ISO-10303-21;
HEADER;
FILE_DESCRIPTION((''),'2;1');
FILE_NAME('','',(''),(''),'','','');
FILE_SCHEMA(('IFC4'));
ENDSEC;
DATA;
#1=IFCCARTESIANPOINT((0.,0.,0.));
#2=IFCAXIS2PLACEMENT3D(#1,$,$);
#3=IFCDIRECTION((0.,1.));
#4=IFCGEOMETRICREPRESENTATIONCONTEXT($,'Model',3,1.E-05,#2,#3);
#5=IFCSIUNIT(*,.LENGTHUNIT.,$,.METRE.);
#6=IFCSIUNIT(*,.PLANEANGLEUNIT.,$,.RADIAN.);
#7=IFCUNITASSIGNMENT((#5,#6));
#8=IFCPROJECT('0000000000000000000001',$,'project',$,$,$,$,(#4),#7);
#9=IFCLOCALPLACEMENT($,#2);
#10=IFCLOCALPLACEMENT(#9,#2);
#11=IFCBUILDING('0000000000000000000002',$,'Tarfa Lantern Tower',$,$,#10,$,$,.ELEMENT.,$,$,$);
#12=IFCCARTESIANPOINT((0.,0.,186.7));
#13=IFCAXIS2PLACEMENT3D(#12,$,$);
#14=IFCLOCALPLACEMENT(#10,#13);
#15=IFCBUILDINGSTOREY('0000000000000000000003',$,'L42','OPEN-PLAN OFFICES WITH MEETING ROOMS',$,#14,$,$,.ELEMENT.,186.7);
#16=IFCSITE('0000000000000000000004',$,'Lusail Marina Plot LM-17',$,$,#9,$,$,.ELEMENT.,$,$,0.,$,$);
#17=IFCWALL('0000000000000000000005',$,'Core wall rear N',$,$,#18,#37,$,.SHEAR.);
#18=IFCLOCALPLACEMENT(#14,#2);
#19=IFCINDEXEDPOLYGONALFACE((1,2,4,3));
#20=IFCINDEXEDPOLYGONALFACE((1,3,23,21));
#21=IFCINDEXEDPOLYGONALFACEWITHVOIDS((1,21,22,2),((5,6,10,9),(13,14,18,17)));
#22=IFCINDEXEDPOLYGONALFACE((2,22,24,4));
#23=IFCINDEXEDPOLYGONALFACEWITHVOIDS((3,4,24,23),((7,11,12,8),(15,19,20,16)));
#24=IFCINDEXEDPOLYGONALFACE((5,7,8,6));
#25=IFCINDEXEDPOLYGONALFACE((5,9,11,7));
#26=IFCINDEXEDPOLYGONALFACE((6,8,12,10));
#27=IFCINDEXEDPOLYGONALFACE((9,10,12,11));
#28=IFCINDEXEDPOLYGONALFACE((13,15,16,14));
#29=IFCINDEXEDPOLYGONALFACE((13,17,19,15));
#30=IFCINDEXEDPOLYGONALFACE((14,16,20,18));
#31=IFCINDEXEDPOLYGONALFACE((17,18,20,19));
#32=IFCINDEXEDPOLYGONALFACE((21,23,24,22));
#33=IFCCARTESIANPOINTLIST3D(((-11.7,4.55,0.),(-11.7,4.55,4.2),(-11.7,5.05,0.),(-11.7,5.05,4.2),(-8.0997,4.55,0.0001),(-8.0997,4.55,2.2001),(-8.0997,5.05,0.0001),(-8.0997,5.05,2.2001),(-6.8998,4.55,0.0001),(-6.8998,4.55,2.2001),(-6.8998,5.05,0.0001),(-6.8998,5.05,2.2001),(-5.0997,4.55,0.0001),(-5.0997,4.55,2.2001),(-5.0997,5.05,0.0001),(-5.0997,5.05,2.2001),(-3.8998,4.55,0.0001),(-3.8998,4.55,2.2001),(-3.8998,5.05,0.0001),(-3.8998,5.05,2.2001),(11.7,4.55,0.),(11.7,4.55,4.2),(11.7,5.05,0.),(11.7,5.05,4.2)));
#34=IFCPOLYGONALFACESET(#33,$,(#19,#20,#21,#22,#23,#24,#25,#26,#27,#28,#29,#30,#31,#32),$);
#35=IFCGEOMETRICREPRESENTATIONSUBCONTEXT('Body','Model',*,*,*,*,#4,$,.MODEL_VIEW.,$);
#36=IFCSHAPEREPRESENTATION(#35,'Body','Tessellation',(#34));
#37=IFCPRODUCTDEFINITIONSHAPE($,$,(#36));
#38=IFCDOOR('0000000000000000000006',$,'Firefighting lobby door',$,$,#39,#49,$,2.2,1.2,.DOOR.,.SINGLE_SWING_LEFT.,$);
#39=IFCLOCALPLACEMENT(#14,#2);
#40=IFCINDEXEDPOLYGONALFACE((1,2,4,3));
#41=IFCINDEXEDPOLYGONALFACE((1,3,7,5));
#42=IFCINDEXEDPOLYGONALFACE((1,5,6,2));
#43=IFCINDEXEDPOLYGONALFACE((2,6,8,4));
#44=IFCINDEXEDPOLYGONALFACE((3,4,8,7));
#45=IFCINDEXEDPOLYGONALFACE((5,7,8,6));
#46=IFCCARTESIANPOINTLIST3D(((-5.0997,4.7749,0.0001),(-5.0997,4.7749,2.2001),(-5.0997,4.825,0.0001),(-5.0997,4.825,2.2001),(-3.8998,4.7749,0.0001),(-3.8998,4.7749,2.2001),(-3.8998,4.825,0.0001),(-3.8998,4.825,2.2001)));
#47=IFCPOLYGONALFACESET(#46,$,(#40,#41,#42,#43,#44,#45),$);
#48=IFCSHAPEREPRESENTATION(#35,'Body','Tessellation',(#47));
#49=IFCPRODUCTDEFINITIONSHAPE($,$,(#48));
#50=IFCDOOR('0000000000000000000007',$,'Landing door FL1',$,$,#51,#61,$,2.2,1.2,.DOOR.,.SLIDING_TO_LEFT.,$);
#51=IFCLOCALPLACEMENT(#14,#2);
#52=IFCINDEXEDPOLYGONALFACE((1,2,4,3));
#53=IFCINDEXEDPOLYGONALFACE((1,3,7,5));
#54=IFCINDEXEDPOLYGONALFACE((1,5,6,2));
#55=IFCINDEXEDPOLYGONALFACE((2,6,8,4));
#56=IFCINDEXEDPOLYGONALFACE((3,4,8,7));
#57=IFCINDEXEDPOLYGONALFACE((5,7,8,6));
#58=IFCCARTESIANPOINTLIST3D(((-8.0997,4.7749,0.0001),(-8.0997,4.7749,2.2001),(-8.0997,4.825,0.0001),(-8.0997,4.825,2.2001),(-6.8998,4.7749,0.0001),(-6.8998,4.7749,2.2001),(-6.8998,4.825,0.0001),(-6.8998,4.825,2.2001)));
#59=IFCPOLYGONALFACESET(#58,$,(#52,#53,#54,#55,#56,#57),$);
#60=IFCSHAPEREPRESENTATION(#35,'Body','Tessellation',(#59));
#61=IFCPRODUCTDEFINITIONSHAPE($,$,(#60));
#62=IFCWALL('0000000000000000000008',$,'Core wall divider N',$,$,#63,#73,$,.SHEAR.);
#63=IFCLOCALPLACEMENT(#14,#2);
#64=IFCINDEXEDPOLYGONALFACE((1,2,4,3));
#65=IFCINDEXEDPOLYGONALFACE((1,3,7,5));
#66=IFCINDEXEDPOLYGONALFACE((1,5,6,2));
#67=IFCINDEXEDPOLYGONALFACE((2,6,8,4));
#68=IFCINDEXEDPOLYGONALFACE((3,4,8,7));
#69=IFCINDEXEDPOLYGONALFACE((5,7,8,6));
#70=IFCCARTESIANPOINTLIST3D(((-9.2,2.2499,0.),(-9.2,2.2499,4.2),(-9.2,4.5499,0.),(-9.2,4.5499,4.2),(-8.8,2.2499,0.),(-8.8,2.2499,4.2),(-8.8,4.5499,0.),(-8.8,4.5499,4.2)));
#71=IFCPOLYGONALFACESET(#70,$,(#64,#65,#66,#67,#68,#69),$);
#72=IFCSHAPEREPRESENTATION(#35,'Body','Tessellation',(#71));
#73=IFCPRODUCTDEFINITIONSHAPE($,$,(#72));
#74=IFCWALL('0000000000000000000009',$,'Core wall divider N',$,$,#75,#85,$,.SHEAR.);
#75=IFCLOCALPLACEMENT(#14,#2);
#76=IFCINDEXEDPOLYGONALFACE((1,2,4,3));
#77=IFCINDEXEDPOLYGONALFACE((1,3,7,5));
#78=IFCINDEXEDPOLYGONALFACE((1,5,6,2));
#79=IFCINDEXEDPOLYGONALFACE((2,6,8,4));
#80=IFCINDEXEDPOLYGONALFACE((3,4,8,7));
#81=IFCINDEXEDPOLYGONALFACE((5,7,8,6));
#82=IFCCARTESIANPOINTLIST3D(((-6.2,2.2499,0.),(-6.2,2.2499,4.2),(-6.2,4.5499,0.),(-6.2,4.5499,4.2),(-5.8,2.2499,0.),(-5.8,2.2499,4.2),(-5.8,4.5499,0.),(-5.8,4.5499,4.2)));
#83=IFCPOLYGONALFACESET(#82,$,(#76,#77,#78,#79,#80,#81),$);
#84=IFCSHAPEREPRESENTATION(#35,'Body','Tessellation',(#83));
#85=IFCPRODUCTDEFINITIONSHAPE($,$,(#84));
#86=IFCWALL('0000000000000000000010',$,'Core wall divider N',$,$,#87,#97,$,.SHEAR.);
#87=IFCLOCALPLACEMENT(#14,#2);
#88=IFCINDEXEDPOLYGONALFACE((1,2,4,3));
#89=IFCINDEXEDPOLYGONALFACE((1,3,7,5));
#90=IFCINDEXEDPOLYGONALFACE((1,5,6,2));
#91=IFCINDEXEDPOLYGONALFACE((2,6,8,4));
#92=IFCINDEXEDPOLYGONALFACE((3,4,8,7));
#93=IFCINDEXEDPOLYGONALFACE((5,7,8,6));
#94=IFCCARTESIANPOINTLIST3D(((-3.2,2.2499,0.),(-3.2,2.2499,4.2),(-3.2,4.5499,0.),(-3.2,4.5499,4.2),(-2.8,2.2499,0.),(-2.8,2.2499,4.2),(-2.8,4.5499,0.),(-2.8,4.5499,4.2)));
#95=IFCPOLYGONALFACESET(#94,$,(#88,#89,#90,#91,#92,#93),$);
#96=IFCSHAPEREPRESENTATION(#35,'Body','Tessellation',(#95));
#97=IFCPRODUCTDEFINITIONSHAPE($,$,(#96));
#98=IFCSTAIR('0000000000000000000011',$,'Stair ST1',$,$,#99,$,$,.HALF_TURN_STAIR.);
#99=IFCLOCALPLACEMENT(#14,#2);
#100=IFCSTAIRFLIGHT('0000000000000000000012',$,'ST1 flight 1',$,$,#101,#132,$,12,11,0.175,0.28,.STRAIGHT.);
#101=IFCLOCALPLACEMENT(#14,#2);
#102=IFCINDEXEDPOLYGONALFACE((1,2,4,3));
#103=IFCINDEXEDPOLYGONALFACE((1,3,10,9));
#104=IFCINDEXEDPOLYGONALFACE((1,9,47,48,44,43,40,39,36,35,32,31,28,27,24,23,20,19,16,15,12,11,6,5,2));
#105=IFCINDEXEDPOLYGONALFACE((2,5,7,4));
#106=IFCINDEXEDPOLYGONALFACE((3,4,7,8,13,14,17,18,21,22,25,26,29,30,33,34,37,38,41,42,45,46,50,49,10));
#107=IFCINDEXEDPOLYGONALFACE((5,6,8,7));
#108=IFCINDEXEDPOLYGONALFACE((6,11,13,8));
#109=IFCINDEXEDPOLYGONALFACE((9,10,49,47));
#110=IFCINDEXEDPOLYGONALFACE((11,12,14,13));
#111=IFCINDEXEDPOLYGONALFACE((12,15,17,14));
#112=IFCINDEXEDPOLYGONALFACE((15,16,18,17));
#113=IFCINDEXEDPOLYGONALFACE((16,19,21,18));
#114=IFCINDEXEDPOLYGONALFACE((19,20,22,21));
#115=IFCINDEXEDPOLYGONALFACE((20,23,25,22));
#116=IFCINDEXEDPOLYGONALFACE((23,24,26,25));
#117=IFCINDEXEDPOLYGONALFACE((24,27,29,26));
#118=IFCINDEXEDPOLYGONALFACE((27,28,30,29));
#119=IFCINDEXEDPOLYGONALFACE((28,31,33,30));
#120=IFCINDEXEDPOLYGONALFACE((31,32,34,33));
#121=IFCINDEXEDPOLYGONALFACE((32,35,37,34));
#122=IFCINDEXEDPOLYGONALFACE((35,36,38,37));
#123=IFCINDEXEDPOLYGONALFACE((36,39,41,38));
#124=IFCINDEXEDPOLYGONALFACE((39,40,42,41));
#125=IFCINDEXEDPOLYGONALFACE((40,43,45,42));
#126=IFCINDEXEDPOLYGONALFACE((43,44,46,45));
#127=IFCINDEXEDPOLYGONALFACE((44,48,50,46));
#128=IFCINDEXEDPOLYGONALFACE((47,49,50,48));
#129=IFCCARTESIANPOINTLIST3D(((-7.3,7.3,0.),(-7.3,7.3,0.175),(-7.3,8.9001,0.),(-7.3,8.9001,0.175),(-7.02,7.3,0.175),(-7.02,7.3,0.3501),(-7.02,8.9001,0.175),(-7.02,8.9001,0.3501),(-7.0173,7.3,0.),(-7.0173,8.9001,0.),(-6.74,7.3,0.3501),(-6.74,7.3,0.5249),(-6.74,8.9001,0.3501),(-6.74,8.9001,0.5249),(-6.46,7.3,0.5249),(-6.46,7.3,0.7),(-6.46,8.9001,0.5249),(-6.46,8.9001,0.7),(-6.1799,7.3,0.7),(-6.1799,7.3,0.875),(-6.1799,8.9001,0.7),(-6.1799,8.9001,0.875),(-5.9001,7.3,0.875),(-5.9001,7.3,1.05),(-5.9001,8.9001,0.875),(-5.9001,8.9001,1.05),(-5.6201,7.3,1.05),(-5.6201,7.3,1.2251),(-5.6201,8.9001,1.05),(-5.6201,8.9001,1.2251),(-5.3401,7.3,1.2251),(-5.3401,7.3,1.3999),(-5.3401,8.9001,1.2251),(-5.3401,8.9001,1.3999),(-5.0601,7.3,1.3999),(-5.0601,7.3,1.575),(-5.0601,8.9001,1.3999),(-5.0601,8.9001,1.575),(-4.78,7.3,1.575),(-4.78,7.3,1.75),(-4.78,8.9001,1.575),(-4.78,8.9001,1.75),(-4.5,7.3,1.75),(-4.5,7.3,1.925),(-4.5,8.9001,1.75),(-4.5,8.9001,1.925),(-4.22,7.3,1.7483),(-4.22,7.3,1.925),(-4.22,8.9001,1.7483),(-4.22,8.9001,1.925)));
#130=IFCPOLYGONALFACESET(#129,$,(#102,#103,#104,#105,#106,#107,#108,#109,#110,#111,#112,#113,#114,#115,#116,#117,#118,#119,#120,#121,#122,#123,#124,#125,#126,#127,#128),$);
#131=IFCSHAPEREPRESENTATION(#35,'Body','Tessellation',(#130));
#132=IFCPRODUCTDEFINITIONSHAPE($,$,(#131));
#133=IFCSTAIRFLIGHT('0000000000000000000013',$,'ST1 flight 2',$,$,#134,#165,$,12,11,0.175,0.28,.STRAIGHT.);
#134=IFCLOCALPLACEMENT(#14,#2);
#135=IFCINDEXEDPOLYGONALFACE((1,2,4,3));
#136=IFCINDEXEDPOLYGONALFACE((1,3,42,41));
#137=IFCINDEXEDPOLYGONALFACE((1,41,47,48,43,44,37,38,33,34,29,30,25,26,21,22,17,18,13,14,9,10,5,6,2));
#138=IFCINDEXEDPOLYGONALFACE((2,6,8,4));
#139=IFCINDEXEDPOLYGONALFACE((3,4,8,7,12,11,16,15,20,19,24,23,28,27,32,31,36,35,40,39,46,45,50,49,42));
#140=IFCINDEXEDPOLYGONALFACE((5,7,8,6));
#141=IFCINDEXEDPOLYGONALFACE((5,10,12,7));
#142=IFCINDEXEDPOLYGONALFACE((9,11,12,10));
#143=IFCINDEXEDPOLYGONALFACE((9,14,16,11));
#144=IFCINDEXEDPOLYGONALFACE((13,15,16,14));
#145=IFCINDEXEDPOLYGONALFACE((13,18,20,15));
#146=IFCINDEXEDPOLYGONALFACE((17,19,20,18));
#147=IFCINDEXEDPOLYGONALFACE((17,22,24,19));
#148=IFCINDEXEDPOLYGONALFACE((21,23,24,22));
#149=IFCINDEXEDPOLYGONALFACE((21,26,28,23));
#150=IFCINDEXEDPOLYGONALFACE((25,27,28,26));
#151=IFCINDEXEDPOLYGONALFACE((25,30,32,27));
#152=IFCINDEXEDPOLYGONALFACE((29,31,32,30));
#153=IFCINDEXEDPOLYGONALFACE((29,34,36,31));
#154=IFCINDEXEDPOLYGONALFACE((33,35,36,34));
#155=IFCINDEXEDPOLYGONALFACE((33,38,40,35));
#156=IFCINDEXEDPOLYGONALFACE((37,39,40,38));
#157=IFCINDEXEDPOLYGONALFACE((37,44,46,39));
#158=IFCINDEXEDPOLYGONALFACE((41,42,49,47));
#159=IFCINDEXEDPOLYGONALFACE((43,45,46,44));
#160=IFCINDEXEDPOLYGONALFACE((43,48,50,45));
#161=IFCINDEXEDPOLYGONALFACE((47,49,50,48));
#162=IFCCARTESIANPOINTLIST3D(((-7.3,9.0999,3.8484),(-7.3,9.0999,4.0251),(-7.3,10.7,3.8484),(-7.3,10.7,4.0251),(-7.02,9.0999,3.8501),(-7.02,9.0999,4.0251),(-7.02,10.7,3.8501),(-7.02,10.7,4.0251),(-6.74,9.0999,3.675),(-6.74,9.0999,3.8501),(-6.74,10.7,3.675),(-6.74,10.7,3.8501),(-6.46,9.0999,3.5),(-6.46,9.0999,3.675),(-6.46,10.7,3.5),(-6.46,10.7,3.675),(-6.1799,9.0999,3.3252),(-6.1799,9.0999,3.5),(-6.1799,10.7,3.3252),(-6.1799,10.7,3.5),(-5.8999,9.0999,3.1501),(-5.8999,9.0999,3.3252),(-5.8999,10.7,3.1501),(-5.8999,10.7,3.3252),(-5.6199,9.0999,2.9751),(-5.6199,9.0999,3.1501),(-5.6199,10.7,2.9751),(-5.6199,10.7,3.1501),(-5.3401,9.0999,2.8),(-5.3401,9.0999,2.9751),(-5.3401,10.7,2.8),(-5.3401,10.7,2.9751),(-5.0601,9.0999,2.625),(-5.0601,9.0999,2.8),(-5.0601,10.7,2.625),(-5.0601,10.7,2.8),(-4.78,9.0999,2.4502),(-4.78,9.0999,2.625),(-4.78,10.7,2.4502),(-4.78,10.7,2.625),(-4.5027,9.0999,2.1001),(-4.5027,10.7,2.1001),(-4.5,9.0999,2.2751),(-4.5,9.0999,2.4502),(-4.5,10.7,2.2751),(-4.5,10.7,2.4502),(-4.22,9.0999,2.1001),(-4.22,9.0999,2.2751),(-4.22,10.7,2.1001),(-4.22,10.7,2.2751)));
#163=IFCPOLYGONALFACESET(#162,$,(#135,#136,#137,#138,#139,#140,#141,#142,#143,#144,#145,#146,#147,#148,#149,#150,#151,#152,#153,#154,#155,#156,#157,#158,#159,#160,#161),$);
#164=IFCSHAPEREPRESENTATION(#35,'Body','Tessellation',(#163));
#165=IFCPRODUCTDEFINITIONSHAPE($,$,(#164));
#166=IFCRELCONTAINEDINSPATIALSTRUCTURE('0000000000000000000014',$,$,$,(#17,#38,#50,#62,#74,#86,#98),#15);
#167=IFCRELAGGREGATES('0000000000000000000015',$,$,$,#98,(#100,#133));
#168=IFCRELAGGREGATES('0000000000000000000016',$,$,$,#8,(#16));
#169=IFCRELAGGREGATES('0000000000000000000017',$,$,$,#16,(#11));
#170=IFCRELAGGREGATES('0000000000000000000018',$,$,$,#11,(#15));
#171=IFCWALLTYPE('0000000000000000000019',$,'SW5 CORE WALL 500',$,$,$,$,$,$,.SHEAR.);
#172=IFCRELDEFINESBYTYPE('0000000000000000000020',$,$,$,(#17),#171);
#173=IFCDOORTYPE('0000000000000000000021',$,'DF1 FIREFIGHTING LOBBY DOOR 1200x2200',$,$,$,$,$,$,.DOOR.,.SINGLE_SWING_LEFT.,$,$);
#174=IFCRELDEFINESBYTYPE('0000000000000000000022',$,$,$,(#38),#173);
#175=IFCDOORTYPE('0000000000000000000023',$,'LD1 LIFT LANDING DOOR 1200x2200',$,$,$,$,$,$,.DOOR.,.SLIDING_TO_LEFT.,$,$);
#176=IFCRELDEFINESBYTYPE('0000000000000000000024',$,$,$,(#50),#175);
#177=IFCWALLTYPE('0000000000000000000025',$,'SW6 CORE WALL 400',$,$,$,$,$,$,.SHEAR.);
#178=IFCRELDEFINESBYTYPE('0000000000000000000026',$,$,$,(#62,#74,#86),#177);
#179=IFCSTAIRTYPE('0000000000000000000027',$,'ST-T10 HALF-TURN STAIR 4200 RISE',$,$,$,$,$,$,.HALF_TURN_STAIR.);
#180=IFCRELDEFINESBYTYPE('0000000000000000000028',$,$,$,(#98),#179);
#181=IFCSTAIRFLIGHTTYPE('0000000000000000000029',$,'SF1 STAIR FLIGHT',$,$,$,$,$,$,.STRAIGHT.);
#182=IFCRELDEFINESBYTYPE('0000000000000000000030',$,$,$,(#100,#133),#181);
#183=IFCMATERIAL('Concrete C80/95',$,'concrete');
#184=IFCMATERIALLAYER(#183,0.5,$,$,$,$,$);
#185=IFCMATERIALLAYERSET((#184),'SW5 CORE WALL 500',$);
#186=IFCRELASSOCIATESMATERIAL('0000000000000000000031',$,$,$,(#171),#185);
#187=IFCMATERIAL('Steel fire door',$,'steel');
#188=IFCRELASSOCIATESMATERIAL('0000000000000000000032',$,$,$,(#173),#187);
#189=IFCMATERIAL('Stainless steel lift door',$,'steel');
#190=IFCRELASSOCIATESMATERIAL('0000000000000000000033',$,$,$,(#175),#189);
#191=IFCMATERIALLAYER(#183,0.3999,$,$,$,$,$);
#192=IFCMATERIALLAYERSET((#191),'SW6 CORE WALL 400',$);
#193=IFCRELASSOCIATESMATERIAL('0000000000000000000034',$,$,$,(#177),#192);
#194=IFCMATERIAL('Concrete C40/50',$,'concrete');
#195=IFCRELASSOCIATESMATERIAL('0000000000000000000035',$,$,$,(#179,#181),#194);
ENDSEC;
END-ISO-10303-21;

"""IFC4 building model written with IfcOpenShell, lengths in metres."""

from ifc_helpers import new_model, si_unit, direction, frame, frame_2d, origin, place, context, subcontext, project, spatial, polyline, rectangle, outline, extrude, material, layer, layer_set, type_object, element, fill, aggregate, save


model = new_model("IFC4")

# Units and contexts
model_context = context("Model", 3, precision=1e-05, world=origin(), true_north=direction((0.0, 1.0)))
body_context = subcontext(model_context, "Body", "Model", "MODEL_VIEW")
ifc_project = project(units=[si_unit("LENGTHUNIT", "METRE"), si_unit("PLANEANGLEUNIT", "RADIAN")], contexts=[model_context])

# Site, building, storey
site_placement = place(None, origin())
site = spatial("IfcSite", under=ifc_project, at=site_placement, Name="Lusail Marina Plot LM-17", CompositionType="ELEMENT", RefElevation=0.0)
building_placement = place(site_placement, origin())
building = spatial("IfcBuilding", under=site, at=building_placement, Name="Tarfa Lantern Tower", CompositionType="ELEMENT")
storey_placement = place(building_placement, frame((0.0, 0.0, 186.7)))
storey = spatial("IfcBuildingStorey", under=building, at=storey_placement, Name="L42", Description="OPEN-PLAN OFFICES WITH MEETING ROOMS", CompositionType="ELEMENT", Elevation=186.7)

# Shared definitions
ifc_material_1 = material(Name="Concrete C80/95", Category="concrete")

# Shared definitions
ifc_material_2 = material(Name="Steel fire door", Category="steel")

# Wall, openings, doors
ifc_layer_1 = layer(ifc_material_1, 0.5)
ifc_layer_set_1 = layer_set([ifc_layer_1], Name="SW5 CORE WALL 500")
wall_type_1 = type_object("IfcWallType", Name="SW5 CORE WALL 500", PredefinedType="SHEAR", material=ifc_layer_set_1)
ifc_material_3 = material(Name="Stainless steel lift door", Category="steel")
wall_1_placement = place(storey_placement, frame((-11.7, 4.8, 0.0), z_axis=(0.0, 0.0, 1.0), x_axis=(1.0, 0.0, 0.0)))
wall_1 = element("IfcWall", 1, at=wall_1_placement, inside=storey, type_object=wall_type_1, Name="Core wall rear N", PredefinedType="SHEAR", context=body_context, shape_type="SweptSolid", body=[
    extrude(rectangle(XDim=23.3999, YDim=0.5, at=frame_2d((11.7, 0.0))), origin(), (0.0, 0.0, 1.0), 4.2),
])
opening_1_placement = place(wall_1_placement, frame((6.6001, 0.0, 0.0)))
opening_1 = element("IfcOpeningElement", 2, at=opening_1_placement, cuts=wall_1, PredefinedType="OPENING", context=body_context, shape_type="SweptSolid", body=[
    extrude(rectangle(XDim=1.2, YDim=2.2, at=frame_2d((0.6001, 1.1001))), frame((0.0, 0.26, 0.0), z_axis=(0.0, -1.0, 0.0), x_axis=(1.0, 0.0, 0.0)), (0.0, 0.0, 1.0), 0.52),
])
opening_2_placement = place(wall_1_placement, frame((3.6001, 0.0, 0.0)))
opening_2 = element("IfcOpeningElement", 3, at=opening_2_placement, cuts=wall_1, PredefinedType="OPENING", context=body_context, shape_type="SweptSolid", body=[
    extrude(rectangle(XDim=1.2, YDim=2.2, at=frame_2d((0.6001, 1.1001))), frame((0.0, 0.26, 0.0), z_axis=(0.0, -1.0, 0.0), x_axis=(1.0, 0.0, 0.0)), (0.0, 0.0, 1.0), 0.52),
])
door_type_1 = type_object("IfcDoorType", Name="DF1 FIREFIGHTING LOBBY DOOR 1200x2200", OperationType="SINGLE_SWING_LEFT", PredefinedType="DOOR", material=ifc_material_2)
door_1_placement = place(opening_1_placement, origin())
door_1 = element("IfcDoor", 4, at=door_1_placement, inside=storey, type_object=door_type_1, Name="Firefighting lobby door", OperationType="SINGLE_SWING_LEFT", OverallHeight=2.2, OverallWidth=1.2, PredefinedType="DOOR", context=body_context, shape_type="SweptSolid", body=[
    extrude(rectangle(XDim=1.2, YDim=2.2, at=frame_2d((0.6001, 1.1001))), frame((0.0, 0.0249, 0.0), z_axis=(0.0, -1.0, 0.0), x_axis=(1.0, 0.0, 0.0)), (0.0, 0.0, 1.0), 0.05),
])
fill(opening_1, door_1)
door_type_2 = type_object("IfcDoorType", Name="LD1 LIFT LANDING DOOR 1200x2200", OperationType="SLIDING_TO_LEFT", PredefinedType="DOOR", material=ifc_material_3)
door_2_placement = place(opening_2_placement, origin())
door_2 = element("IfcDoor", 5, at=door_2_placement, inside=storey, type_object=door_type_2, Name="Landing door FL1", OperationType="SLIDING_TO_LEFT", OverallHeight=2.2, OverallWidth=1.2, PredefinedType="DOOR", context=body_context, shape_type="SweptSolid", body=[
    extrude(rectangle(XDim=1.2, YDim=2.2, at=frame_2d((0.6001, 1.1001))), frame((0.0, 0.0249, 0.0), z_axis=(0.0, -1.0, 0.0), x_axis=(1.0, 0.0, 0.0)), (0.0, 0.0, 1.0), 0.05),
])
fill(opening_2, door_2)

# Walls
ifc_layer_2 = layer(ifc_material_1, 0.3999)
ifc_layer_set_2 = layer_set([ifc_layer_2], Name="SW6 CORE WALL 400")
wall_type_2 = type_object("IfcWallType", Name="SW6 CORE WALL 400", PredefinedType="SHEAR", material=ifc_layer_set_2)
for number, where, z_axis, x_axis, name in (
    (6, (-9.0, 2.25, 0.0), (0.0, 0.0, 1.0), (0.0, 1.0, 0.0), "Core wall divider N"),
    (7, (-6.0, 2.25, 0.0), (0.0, 0.0, 1.0), (0.0, 1.0, 0.0), "Core wall divider N"),
    (8, (-3.0, 2.25, 0.0), (0.0, 0.0, 1.0), (0.0, 1.0, 0.0), "Core wall divider N"),
):
    element("IfcWall", number, at=place(storey_placement, frame(where, z_axis=z_axis, x_axis=x_axis)), inside=storey, type_object=wall_type_2, Name=name, PredefinedType="SHEAR", context=body_context, shape_type="SweptSolid", body=[
        extrude(rectangle(XDim=2.3, YDim=0.3999, at=frame_2d((1.1499, 0.0))), origin(), (0.0, 0.0, 1.0), 4.2),
    ])

# Stair, stair flights
ifc_material_4 = material(Name="Concrete C40/50", Category="concrete")
stair_type = type_object("IfcStairType", Name="ST-T10 HALF-TURN STAIR 4200 RISE", PredefinedType="HALF_TURN_STAIR", material=ifc_material_4)
stair_placement = place(storey_placement, origin())
stair = element("IfcStair", 9, at=stair_placement, inside=storey, type_object=stair_type, Name="Stair ST1", PredefinedType="HALF_TURN_STAIR")
stair_flight_type = type_object("IfcStairFlightType", Name="SF1 STAIR FLIGHT", PredefinedType="STRAIGHT", material=ifc_material_4)
stair_flight_1_placement = place(storey_placement, frame((-7.3, 8.1001, 0.0), z_axis=(0.0, 0.0, 1.0), x_axis=(1.0, 0.0, 0.0)))
stair_flight_1 = element("IfcStairFlight", 10, at=stair_flight_1_placement, type_object=stair_flight_type, Name="ST1 flight 1", NumberOfRisers=12, NumberOfTreads=11, PredefinedType="STRAIGHT", RiserHeight=0.175, TreadLength=0.28, context=body_context, shape_type="SweptSolid", body=[
    extrude(outline(polyline([(0.0, 0.0), (0.0, 0.175), (0.28, 0.175), (0.28, 0.3501), (0.5601, 0.3501), (0.5601, 0.5249), (0.8401, 0.5249), (0.8401, 0.7), (1.1201, 0.7), (1.1201, 0.875), (1.3999, 0.875), (1.3999, 1.05), (1.6799, 1.05), (1.6799, 1.2251), (1.96, 1.2251), (1.96, 1.3999), (2.24, 1.3999), (2.24, 1.575), (2.52, 1.575), (2.52, 1.75), (2.8, 1.75), (2.8, 1.925), (3.0801, 1.925), (3.0801, 2.1001), (3.0801, 1.7483), (0.2827, 0.0), (0.0, 0.0)])), frame((0.0, 0.8, 0.0), z_axis=(0.0, -1.0, 0.0), x_axis=(1.0, 0.0, 0.0)), (0.0, 0.0, 1.0), 1.6001),
])
stair_flight_2_placement = place(storey_placement, frame((-4.22, 9.8999, 2.1001), z_axis=(0.0, 0.0, 1.0), x_axis=(-1.0, 0.0, 0.0)))
stair_flight_2 = element("IfcStairFlight", 11, at=stair_flight_2_placement, type_object=stair_flight_type, Name="ST1 flight 2", NumberOfRisers=12, NumberOfTreads=11, PredefinedType="STRAIGHT", RiserHeight=0.175, TreadLength=0.28, context=body_context, shape_type="SweptSolid", body=[
    extrude(outline(polyline([(0.0, 0.0), (0.0, 0.175), (0.28, 0.175), (0.28, 0.3501), (0.5601, 0.3501), (0.5601, 0.5249), (0.8401, 0.5249), (0.8401, 0.7), (1.1201, 0.7), (1.1201, 0.875), (1.3999, 0.875), (1.3999, 1.05), (1.6799, 1.05), (1.6799, 1.2251), (1.96, 1.2251), (1.96, 1.3999), (2.24, 1.3999), (2.24, 1.575), (2.52, 1.575), (2.52, 1.75), (2.8, 1.75), (2.8, 1.925), (3.0801, 1.925), (3.0801, 2.1001), (3.0801, 1.7483), (0.2827, 0.0), (0.0, 0.0)])), frame((0.0, 0.8, 0.0), z_axis=(0.0, -1.0, 0.0), x_axis=(1.0, 0.0, 0.0)), (0.0, 0.0, 1.0), 1.6001),
])
aggregate(stair, [stair_flight_1, stair_flight_2])

save(model, "model.ifc")
